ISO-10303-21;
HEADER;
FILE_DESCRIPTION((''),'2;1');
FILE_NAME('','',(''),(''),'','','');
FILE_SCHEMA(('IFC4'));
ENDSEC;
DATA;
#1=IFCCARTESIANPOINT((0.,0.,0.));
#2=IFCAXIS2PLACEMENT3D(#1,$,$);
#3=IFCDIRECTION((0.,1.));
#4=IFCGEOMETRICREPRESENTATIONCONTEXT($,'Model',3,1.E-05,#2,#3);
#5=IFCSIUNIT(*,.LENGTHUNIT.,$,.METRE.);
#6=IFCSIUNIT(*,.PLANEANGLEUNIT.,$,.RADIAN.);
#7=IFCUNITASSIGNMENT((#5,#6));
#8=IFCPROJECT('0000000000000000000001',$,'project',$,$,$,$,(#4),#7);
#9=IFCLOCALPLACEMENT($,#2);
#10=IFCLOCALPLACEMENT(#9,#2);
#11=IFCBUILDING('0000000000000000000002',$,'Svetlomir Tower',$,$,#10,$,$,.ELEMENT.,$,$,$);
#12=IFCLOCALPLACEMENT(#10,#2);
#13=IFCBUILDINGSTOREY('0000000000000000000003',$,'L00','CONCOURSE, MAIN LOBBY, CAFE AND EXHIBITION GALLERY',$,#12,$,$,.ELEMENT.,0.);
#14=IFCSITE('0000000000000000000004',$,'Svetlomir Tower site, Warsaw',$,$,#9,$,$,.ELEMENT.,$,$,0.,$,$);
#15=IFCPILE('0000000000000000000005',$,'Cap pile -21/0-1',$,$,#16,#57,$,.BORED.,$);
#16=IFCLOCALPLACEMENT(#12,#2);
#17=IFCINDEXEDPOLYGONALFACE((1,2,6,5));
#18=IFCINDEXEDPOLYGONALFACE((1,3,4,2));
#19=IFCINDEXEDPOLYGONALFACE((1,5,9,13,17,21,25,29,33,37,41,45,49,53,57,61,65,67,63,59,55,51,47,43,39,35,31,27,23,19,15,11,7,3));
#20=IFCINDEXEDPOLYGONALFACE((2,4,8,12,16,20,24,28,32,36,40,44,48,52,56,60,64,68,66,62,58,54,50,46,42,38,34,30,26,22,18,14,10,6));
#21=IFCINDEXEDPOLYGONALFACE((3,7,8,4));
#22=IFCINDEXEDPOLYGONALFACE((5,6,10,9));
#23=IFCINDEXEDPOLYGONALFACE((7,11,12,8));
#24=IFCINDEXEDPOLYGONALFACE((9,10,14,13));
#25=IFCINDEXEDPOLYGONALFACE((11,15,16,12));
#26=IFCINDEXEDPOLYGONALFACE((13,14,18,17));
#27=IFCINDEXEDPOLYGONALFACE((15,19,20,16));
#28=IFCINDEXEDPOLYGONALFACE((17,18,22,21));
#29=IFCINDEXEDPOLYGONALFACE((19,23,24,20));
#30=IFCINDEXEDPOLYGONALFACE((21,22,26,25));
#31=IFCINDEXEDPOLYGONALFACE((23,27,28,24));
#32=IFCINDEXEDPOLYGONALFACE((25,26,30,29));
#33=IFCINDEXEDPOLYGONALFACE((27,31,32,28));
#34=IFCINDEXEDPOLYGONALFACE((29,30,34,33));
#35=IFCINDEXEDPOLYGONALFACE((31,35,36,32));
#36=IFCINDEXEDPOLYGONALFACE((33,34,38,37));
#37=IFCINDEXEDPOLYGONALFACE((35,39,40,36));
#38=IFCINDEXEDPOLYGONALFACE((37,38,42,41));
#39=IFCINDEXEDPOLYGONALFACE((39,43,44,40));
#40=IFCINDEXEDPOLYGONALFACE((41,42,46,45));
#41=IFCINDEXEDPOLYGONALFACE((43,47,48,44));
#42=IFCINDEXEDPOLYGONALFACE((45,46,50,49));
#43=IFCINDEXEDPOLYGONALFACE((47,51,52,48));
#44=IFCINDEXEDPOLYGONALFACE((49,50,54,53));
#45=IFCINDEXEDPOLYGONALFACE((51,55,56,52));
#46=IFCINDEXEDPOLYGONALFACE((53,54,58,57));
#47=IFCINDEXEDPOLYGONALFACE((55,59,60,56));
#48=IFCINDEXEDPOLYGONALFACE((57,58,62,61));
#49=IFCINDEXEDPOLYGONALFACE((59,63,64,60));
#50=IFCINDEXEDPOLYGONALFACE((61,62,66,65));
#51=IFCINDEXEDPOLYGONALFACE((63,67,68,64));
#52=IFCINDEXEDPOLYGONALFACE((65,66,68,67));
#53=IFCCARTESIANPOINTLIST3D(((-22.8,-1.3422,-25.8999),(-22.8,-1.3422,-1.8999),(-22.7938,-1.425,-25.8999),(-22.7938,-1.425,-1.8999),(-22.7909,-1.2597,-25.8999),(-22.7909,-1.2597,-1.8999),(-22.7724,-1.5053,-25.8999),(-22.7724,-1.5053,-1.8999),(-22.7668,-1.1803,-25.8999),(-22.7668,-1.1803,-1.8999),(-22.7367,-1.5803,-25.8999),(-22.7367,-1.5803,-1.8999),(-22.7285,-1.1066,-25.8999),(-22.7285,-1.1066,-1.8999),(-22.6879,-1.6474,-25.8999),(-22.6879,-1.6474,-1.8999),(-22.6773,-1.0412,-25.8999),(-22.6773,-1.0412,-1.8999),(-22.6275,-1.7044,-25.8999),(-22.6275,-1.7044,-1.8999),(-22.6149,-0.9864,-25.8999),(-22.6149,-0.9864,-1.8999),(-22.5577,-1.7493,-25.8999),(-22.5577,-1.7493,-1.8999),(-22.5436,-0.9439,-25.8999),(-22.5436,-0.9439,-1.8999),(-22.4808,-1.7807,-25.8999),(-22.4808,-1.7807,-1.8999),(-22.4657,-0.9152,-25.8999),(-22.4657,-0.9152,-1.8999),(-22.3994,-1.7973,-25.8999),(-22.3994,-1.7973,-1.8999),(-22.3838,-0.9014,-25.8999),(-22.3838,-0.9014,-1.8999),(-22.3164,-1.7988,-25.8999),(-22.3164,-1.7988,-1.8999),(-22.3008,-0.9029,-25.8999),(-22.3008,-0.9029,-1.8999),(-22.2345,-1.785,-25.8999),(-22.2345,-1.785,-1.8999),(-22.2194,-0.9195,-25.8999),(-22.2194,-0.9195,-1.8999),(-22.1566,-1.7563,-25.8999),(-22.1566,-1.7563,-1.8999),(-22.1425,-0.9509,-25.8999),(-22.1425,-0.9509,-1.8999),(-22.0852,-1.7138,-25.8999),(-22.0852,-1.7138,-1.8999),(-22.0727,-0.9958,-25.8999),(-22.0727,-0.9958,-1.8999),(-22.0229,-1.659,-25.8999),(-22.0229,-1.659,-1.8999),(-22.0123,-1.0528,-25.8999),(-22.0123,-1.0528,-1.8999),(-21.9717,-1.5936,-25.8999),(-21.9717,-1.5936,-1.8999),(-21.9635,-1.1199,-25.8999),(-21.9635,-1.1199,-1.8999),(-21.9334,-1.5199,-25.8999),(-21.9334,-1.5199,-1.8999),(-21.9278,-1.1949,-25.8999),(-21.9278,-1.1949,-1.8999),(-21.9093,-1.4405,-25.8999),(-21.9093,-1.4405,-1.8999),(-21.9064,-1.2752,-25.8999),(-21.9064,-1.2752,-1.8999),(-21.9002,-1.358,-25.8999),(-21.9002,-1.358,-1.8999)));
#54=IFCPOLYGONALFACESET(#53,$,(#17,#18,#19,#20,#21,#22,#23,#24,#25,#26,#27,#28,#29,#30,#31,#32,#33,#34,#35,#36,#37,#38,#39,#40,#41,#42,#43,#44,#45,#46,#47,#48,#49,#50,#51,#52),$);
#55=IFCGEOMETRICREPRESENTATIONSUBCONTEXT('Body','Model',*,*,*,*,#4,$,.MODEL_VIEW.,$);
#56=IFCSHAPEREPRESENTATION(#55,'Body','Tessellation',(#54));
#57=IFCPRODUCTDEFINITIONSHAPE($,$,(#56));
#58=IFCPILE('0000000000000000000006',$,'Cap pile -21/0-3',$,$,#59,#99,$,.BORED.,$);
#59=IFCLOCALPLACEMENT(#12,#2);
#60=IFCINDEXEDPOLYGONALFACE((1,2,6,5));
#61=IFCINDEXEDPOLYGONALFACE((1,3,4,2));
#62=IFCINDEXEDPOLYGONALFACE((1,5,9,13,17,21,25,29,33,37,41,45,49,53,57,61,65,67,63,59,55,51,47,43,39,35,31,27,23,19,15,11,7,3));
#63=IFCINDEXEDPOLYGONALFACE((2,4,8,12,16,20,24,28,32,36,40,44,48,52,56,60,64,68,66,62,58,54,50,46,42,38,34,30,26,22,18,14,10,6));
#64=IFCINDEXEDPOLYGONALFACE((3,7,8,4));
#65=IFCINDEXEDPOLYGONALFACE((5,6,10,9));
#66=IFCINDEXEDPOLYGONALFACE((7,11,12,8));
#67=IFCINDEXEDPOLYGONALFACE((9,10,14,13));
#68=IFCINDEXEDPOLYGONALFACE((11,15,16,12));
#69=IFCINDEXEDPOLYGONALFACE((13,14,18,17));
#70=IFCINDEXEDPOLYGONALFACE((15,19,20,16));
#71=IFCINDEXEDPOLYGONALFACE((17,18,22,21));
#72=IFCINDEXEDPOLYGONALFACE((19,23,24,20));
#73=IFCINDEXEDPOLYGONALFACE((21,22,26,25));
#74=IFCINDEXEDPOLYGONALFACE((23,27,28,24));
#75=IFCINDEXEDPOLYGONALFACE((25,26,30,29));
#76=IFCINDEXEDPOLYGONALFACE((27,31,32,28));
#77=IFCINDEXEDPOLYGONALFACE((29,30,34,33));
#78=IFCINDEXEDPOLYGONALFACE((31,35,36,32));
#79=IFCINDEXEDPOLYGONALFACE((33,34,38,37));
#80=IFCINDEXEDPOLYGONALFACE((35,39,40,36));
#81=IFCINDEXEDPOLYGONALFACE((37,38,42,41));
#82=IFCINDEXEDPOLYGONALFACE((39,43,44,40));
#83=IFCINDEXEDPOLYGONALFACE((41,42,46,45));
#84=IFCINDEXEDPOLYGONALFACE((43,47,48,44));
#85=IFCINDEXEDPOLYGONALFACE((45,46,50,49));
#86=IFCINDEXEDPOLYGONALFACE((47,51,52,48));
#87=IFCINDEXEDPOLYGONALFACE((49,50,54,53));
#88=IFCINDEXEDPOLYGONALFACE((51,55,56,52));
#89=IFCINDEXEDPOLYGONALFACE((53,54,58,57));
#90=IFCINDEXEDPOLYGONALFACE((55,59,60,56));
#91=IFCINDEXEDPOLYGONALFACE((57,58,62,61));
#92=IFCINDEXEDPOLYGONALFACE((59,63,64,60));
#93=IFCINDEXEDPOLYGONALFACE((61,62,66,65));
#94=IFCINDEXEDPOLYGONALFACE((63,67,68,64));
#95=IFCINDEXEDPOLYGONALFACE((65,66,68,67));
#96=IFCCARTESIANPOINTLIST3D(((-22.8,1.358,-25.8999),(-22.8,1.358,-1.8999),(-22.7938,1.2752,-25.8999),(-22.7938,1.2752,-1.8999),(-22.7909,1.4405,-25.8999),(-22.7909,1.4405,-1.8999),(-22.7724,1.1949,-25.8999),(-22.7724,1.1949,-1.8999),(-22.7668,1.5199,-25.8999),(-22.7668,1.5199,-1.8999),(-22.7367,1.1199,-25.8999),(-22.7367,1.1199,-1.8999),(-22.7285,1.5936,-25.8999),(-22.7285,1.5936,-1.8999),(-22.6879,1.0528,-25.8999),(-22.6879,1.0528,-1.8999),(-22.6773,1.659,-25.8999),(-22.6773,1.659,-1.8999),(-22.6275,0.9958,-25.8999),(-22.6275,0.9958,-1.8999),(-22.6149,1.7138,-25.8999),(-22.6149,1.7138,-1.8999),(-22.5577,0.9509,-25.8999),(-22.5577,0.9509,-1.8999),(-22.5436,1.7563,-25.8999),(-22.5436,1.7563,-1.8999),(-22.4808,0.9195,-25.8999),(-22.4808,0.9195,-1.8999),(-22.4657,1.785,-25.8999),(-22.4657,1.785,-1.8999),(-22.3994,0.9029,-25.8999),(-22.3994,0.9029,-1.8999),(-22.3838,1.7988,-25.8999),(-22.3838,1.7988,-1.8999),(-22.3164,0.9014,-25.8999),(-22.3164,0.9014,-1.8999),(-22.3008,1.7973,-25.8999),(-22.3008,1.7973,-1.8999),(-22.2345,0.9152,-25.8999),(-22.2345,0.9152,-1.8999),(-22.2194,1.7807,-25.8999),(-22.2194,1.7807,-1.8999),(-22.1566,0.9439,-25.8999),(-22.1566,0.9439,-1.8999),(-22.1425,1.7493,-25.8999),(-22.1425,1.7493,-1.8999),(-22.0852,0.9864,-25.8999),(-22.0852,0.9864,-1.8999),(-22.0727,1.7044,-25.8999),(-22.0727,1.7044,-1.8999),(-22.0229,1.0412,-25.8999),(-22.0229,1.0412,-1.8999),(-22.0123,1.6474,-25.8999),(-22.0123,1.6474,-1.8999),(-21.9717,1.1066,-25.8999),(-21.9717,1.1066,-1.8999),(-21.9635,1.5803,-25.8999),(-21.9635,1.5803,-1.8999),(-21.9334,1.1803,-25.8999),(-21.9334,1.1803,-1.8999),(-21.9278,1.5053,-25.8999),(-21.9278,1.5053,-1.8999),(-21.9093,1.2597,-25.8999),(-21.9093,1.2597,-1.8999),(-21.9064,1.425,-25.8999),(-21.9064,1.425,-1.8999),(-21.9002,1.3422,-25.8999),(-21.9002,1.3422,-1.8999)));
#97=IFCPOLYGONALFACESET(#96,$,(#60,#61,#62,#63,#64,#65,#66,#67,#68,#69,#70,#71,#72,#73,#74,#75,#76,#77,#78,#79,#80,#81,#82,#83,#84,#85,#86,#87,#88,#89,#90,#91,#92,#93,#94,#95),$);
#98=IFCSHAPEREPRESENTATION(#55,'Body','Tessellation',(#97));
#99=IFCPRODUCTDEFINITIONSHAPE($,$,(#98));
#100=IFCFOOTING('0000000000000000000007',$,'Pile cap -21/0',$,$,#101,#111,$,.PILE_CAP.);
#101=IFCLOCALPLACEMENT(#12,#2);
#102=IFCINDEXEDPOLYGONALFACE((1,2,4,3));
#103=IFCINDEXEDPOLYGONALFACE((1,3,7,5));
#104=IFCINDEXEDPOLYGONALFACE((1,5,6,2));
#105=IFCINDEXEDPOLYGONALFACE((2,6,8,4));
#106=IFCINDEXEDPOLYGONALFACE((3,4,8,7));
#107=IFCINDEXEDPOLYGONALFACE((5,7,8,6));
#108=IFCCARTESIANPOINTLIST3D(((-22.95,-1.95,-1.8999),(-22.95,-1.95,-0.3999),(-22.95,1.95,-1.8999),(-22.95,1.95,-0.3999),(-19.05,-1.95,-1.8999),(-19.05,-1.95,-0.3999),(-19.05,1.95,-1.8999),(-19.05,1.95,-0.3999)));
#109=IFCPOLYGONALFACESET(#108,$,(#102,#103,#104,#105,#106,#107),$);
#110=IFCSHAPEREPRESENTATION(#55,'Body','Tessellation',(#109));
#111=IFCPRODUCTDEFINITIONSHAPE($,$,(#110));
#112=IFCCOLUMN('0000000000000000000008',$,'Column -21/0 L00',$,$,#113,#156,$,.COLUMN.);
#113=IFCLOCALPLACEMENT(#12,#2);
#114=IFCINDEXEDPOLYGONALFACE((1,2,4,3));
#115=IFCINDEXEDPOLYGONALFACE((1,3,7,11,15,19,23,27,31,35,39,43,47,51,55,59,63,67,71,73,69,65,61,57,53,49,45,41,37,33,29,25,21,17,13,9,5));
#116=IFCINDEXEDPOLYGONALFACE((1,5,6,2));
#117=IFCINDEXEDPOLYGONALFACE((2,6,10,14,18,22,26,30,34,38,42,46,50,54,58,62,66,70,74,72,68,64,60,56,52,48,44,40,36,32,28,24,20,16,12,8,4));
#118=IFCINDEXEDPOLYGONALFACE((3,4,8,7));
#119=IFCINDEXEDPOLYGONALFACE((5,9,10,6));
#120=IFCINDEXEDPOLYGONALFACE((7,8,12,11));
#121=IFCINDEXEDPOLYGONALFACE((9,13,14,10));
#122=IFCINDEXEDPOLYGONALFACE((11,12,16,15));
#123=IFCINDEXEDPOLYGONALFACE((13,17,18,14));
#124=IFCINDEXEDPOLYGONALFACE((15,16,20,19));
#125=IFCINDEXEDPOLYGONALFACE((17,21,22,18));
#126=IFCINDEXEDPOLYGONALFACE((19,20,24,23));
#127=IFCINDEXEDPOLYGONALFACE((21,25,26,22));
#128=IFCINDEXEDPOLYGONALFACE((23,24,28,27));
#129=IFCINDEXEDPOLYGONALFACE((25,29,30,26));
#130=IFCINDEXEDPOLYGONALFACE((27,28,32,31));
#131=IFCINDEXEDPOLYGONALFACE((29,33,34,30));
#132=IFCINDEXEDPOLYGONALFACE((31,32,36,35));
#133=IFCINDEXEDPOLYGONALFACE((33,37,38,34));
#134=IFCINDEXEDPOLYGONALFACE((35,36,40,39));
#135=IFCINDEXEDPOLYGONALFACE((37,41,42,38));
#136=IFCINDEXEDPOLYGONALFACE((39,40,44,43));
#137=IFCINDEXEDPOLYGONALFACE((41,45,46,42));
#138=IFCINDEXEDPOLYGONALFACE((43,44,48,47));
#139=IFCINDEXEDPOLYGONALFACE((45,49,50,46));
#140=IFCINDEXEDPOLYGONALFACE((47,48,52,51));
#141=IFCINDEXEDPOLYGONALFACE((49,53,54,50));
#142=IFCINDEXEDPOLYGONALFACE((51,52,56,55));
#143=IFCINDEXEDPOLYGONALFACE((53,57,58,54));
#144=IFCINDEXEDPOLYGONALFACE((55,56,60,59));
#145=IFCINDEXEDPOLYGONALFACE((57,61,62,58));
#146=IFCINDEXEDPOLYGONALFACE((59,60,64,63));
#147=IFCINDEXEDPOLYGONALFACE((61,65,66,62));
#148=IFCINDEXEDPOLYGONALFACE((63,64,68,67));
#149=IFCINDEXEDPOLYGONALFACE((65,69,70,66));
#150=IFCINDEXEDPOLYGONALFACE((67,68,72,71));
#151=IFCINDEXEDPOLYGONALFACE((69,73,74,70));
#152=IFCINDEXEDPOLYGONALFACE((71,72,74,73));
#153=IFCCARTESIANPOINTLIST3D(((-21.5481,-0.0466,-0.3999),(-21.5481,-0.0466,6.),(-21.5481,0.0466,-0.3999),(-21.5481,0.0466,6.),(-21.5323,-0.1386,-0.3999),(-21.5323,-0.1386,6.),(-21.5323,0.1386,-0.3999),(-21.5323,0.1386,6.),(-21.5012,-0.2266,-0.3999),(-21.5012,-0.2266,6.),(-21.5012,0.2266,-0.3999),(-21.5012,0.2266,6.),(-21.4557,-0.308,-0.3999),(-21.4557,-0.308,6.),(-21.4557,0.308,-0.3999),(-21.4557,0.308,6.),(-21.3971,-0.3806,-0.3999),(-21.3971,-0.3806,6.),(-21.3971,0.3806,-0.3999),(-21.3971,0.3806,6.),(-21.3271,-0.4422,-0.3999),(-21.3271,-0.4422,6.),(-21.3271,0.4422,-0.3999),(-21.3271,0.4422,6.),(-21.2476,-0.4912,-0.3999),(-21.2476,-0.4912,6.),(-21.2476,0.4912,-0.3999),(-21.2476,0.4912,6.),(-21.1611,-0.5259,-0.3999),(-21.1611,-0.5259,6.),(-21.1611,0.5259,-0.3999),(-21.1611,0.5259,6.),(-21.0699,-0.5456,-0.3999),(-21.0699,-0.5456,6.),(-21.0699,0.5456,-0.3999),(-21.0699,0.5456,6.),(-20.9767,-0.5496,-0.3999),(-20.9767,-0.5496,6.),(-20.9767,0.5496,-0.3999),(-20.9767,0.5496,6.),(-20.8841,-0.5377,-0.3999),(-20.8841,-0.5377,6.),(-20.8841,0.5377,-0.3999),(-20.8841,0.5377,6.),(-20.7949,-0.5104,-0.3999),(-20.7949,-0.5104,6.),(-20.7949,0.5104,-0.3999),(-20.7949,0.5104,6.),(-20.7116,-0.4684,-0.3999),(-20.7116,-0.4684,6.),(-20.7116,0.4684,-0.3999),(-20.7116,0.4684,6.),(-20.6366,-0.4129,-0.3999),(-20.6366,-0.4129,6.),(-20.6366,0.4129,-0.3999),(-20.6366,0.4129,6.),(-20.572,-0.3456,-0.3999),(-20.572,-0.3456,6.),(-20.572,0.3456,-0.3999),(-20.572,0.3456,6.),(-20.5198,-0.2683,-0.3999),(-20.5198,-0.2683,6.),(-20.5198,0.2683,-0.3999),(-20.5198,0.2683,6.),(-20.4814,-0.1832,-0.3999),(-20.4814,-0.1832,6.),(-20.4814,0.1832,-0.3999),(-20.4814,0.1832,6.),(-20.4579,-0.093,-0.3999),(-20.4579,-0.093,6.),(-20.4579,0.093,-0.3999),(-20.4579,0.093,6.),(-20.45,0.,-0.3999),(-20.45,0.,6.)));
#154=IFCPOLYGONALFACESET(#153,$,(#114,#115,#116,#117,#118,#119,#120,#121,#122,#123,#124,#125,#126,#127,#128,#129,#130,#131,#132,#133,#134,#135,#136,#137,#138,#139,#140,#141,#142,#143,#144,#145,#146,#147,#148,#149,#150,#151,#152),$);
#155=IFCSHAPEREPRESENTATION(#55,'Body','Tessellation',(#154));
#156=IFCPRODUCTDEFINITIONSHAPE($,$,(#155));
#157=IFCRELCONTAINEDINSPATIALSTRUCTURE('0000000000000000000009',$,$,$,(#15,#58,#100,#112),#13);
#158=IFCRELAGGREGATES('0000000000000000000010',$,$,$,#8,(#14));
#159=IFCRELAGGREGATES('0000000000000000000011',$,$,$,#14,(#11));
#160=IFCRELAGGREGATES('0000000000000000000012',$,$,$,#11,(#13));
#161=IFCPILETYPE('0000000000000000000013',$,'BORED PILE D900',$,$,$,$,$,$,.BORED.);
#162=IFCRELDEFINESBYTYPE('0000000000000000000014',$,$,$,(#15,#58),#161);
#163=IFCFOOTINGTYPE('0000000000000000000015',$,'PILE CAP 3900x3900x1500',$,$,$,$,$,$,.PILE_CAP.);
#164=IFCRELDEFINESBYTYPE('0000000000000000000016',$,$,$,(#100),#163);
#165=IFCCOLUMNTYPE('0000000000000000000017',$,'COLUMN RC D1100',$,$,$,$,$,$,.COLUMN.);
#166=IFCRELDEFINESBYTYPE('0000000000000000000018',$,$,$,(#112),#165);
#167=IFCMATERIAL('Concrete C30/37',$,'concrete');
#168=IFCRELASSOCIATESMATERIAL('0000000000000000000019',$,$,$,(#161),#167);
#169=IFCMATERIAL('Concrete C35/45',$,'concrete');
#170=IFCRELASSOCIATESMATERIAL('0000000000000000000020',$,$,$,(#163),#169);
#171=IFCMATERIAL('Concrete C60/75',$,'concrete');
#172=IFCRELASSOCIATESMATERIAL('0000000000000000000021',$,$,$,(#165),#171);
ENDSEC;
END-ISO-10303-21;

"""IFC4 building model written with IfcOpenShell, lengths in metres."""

from ifc_helpers import new_model, si_unit, direction, frame, frame_2d, origin, origin_2d, place, context, subcontext, project, spatial, rectangle, circle, extrude, material, material_profile, profile_set, type_object, element, save


model = new_model("IFC4")

# Units and contexts
model_context = context("Model", 3, precision=1e-05, world=origin(), true_north=direction((0.0, 1.0)))
body_context = subcontext(model_context, "Body", "Model", "MODEL_VIEW")
ifc_project = project(units=[si_unit("LENGTHUNIT", "METRE"), si_unit("PLANEANGLEUNIT", "RADIAN")], contexts=[model_context])

# Site, building, storey
site_placement = place(None, origin())
site = spatial("IfcSite", under=ifc_project, at=site_placement, Name="Svetlomir Tower site, Warsaw", CompositionType="ELEMENT", RefElevation=0.0)
building_placement = place(site_placement, origin())
building = spatial("IfcBuilding", under=site, at=building_placement, Name="Svetlomir Tower", CompositionType="ELEMENT")
storey_placement = place(building_placement, origin())
storey = spatial("IfcBuildingStorey", under=building, at=storey_placement, Name="L00", Description="CONCOURSE, MAIN LOBBY, CAFE AND EXHIBITION GALLERY", CompositionType="ELEMENT", Elevation=0.0)

# Piles
ifc_material_1 = material(Name="Concrete C30/37", Category="concrete")
ifc_material_profile_1 = material_profile(ifc_material_1, circle(Radius=0.45, at=origin_2d()), Name="RC D900")
ifc_profile_set_1 = profile_set([ifc_material_profile_1], Name="Concrete C30/37")
pile_type = type_object("IfcPileType", Name="BORED PILE D900", PredefinedType="BORED", material=ifc_profile_set_1)
for number, where, z_axis, x_axis, name in (
    (1, (-22.3501, -1.3501, -1.8999), (0.0, 0.0, -1.0), (1.0, 0.0, 0.0), "Cap pile -21/0-1"),
    (2, (-22.3501, 1.3501, -1.8999), (0.0, 0.0, -1.0), (1.0, 0.0, 0.0), "Cap pile -21/0-3"),
):
    element("IfcPile", number, at=place(storey_placement, frame(where, z_axis=z_axis, x_axis=x_axis)), inside=storey, type_object=pile_type, Name=name, PredefinedType="BORED", context=body_context, shape_type="SweptSolid", body=[
        extrude(circle(Radius=0.45, at=frame_2d((0.0, 0.0), x_axis=(0.999848, 0.017452))), origin(), (0.0, 0.0, 1.0), 24.0),
    ])

# Footing
ifc_material_2 = material(Name="Concrete C35/45", Category="concrete")
footing_type = type_object("IfcFootingType", Name="PILE CAP 3900x3900x1500", PredefinedType="PILE_CAP", material=ifc_material_2)
footing_placement = place(storey_placement, frame((-21.0, 0.0, -1.8999), z_axis=(0.0, 0.0, 1.0), x_axis=(1.0, 0.0, 0.0)))
element("IfcFooting", 3, at=footing_placement, inside=storey, type_object=footing_type, Name="Pile cap -21/0", PredefinedType="PILE_CAP", context=body_context, shape_type="SweptSolid", body=[
    extrude(rectangle(XDim=3.8999, YDim=3.8999, at=origin_2d()), origin(), (0.0, 0.0, 1.0), 1.5),
])

# Column
ifc_material_3 = material(Name="Concrete C60/75", Category="concrete")
ifc_material_profile_2 = material_profile(ifc_material_3, circle(Radius=0.55, at=origin_2d()), Name="RC D1100")
ifc_profile_set_2 = profile_set([ifc_material_profile_2], Name="Concrete C60/75")
column_type = type_object("IfcColumnType", Name="COLUMN RC D1100", PredefinedType="COLUMN", material=ifc_profile_set_2)
column_placement = place(storey_placement, frame((-21.0, 0.0, -0.3999), z_axis=(0.0, 0.0, 1.0), x_axis=(1.0, 0.0, 0.0)))
element("IfcColumn", 4, at=column_placement, inside=storey, type_object=column_type, Name="Column -21/0 L00", PredefinedType="COLUMN", context=body_context, shape_type="SweptSolid", body=[
    extrude(circle(Radius=0.55, at=origin_2d()), origin(), (0.0, 0.0, 1.0), 6.3999),
])

save(model, "model.ifc")
